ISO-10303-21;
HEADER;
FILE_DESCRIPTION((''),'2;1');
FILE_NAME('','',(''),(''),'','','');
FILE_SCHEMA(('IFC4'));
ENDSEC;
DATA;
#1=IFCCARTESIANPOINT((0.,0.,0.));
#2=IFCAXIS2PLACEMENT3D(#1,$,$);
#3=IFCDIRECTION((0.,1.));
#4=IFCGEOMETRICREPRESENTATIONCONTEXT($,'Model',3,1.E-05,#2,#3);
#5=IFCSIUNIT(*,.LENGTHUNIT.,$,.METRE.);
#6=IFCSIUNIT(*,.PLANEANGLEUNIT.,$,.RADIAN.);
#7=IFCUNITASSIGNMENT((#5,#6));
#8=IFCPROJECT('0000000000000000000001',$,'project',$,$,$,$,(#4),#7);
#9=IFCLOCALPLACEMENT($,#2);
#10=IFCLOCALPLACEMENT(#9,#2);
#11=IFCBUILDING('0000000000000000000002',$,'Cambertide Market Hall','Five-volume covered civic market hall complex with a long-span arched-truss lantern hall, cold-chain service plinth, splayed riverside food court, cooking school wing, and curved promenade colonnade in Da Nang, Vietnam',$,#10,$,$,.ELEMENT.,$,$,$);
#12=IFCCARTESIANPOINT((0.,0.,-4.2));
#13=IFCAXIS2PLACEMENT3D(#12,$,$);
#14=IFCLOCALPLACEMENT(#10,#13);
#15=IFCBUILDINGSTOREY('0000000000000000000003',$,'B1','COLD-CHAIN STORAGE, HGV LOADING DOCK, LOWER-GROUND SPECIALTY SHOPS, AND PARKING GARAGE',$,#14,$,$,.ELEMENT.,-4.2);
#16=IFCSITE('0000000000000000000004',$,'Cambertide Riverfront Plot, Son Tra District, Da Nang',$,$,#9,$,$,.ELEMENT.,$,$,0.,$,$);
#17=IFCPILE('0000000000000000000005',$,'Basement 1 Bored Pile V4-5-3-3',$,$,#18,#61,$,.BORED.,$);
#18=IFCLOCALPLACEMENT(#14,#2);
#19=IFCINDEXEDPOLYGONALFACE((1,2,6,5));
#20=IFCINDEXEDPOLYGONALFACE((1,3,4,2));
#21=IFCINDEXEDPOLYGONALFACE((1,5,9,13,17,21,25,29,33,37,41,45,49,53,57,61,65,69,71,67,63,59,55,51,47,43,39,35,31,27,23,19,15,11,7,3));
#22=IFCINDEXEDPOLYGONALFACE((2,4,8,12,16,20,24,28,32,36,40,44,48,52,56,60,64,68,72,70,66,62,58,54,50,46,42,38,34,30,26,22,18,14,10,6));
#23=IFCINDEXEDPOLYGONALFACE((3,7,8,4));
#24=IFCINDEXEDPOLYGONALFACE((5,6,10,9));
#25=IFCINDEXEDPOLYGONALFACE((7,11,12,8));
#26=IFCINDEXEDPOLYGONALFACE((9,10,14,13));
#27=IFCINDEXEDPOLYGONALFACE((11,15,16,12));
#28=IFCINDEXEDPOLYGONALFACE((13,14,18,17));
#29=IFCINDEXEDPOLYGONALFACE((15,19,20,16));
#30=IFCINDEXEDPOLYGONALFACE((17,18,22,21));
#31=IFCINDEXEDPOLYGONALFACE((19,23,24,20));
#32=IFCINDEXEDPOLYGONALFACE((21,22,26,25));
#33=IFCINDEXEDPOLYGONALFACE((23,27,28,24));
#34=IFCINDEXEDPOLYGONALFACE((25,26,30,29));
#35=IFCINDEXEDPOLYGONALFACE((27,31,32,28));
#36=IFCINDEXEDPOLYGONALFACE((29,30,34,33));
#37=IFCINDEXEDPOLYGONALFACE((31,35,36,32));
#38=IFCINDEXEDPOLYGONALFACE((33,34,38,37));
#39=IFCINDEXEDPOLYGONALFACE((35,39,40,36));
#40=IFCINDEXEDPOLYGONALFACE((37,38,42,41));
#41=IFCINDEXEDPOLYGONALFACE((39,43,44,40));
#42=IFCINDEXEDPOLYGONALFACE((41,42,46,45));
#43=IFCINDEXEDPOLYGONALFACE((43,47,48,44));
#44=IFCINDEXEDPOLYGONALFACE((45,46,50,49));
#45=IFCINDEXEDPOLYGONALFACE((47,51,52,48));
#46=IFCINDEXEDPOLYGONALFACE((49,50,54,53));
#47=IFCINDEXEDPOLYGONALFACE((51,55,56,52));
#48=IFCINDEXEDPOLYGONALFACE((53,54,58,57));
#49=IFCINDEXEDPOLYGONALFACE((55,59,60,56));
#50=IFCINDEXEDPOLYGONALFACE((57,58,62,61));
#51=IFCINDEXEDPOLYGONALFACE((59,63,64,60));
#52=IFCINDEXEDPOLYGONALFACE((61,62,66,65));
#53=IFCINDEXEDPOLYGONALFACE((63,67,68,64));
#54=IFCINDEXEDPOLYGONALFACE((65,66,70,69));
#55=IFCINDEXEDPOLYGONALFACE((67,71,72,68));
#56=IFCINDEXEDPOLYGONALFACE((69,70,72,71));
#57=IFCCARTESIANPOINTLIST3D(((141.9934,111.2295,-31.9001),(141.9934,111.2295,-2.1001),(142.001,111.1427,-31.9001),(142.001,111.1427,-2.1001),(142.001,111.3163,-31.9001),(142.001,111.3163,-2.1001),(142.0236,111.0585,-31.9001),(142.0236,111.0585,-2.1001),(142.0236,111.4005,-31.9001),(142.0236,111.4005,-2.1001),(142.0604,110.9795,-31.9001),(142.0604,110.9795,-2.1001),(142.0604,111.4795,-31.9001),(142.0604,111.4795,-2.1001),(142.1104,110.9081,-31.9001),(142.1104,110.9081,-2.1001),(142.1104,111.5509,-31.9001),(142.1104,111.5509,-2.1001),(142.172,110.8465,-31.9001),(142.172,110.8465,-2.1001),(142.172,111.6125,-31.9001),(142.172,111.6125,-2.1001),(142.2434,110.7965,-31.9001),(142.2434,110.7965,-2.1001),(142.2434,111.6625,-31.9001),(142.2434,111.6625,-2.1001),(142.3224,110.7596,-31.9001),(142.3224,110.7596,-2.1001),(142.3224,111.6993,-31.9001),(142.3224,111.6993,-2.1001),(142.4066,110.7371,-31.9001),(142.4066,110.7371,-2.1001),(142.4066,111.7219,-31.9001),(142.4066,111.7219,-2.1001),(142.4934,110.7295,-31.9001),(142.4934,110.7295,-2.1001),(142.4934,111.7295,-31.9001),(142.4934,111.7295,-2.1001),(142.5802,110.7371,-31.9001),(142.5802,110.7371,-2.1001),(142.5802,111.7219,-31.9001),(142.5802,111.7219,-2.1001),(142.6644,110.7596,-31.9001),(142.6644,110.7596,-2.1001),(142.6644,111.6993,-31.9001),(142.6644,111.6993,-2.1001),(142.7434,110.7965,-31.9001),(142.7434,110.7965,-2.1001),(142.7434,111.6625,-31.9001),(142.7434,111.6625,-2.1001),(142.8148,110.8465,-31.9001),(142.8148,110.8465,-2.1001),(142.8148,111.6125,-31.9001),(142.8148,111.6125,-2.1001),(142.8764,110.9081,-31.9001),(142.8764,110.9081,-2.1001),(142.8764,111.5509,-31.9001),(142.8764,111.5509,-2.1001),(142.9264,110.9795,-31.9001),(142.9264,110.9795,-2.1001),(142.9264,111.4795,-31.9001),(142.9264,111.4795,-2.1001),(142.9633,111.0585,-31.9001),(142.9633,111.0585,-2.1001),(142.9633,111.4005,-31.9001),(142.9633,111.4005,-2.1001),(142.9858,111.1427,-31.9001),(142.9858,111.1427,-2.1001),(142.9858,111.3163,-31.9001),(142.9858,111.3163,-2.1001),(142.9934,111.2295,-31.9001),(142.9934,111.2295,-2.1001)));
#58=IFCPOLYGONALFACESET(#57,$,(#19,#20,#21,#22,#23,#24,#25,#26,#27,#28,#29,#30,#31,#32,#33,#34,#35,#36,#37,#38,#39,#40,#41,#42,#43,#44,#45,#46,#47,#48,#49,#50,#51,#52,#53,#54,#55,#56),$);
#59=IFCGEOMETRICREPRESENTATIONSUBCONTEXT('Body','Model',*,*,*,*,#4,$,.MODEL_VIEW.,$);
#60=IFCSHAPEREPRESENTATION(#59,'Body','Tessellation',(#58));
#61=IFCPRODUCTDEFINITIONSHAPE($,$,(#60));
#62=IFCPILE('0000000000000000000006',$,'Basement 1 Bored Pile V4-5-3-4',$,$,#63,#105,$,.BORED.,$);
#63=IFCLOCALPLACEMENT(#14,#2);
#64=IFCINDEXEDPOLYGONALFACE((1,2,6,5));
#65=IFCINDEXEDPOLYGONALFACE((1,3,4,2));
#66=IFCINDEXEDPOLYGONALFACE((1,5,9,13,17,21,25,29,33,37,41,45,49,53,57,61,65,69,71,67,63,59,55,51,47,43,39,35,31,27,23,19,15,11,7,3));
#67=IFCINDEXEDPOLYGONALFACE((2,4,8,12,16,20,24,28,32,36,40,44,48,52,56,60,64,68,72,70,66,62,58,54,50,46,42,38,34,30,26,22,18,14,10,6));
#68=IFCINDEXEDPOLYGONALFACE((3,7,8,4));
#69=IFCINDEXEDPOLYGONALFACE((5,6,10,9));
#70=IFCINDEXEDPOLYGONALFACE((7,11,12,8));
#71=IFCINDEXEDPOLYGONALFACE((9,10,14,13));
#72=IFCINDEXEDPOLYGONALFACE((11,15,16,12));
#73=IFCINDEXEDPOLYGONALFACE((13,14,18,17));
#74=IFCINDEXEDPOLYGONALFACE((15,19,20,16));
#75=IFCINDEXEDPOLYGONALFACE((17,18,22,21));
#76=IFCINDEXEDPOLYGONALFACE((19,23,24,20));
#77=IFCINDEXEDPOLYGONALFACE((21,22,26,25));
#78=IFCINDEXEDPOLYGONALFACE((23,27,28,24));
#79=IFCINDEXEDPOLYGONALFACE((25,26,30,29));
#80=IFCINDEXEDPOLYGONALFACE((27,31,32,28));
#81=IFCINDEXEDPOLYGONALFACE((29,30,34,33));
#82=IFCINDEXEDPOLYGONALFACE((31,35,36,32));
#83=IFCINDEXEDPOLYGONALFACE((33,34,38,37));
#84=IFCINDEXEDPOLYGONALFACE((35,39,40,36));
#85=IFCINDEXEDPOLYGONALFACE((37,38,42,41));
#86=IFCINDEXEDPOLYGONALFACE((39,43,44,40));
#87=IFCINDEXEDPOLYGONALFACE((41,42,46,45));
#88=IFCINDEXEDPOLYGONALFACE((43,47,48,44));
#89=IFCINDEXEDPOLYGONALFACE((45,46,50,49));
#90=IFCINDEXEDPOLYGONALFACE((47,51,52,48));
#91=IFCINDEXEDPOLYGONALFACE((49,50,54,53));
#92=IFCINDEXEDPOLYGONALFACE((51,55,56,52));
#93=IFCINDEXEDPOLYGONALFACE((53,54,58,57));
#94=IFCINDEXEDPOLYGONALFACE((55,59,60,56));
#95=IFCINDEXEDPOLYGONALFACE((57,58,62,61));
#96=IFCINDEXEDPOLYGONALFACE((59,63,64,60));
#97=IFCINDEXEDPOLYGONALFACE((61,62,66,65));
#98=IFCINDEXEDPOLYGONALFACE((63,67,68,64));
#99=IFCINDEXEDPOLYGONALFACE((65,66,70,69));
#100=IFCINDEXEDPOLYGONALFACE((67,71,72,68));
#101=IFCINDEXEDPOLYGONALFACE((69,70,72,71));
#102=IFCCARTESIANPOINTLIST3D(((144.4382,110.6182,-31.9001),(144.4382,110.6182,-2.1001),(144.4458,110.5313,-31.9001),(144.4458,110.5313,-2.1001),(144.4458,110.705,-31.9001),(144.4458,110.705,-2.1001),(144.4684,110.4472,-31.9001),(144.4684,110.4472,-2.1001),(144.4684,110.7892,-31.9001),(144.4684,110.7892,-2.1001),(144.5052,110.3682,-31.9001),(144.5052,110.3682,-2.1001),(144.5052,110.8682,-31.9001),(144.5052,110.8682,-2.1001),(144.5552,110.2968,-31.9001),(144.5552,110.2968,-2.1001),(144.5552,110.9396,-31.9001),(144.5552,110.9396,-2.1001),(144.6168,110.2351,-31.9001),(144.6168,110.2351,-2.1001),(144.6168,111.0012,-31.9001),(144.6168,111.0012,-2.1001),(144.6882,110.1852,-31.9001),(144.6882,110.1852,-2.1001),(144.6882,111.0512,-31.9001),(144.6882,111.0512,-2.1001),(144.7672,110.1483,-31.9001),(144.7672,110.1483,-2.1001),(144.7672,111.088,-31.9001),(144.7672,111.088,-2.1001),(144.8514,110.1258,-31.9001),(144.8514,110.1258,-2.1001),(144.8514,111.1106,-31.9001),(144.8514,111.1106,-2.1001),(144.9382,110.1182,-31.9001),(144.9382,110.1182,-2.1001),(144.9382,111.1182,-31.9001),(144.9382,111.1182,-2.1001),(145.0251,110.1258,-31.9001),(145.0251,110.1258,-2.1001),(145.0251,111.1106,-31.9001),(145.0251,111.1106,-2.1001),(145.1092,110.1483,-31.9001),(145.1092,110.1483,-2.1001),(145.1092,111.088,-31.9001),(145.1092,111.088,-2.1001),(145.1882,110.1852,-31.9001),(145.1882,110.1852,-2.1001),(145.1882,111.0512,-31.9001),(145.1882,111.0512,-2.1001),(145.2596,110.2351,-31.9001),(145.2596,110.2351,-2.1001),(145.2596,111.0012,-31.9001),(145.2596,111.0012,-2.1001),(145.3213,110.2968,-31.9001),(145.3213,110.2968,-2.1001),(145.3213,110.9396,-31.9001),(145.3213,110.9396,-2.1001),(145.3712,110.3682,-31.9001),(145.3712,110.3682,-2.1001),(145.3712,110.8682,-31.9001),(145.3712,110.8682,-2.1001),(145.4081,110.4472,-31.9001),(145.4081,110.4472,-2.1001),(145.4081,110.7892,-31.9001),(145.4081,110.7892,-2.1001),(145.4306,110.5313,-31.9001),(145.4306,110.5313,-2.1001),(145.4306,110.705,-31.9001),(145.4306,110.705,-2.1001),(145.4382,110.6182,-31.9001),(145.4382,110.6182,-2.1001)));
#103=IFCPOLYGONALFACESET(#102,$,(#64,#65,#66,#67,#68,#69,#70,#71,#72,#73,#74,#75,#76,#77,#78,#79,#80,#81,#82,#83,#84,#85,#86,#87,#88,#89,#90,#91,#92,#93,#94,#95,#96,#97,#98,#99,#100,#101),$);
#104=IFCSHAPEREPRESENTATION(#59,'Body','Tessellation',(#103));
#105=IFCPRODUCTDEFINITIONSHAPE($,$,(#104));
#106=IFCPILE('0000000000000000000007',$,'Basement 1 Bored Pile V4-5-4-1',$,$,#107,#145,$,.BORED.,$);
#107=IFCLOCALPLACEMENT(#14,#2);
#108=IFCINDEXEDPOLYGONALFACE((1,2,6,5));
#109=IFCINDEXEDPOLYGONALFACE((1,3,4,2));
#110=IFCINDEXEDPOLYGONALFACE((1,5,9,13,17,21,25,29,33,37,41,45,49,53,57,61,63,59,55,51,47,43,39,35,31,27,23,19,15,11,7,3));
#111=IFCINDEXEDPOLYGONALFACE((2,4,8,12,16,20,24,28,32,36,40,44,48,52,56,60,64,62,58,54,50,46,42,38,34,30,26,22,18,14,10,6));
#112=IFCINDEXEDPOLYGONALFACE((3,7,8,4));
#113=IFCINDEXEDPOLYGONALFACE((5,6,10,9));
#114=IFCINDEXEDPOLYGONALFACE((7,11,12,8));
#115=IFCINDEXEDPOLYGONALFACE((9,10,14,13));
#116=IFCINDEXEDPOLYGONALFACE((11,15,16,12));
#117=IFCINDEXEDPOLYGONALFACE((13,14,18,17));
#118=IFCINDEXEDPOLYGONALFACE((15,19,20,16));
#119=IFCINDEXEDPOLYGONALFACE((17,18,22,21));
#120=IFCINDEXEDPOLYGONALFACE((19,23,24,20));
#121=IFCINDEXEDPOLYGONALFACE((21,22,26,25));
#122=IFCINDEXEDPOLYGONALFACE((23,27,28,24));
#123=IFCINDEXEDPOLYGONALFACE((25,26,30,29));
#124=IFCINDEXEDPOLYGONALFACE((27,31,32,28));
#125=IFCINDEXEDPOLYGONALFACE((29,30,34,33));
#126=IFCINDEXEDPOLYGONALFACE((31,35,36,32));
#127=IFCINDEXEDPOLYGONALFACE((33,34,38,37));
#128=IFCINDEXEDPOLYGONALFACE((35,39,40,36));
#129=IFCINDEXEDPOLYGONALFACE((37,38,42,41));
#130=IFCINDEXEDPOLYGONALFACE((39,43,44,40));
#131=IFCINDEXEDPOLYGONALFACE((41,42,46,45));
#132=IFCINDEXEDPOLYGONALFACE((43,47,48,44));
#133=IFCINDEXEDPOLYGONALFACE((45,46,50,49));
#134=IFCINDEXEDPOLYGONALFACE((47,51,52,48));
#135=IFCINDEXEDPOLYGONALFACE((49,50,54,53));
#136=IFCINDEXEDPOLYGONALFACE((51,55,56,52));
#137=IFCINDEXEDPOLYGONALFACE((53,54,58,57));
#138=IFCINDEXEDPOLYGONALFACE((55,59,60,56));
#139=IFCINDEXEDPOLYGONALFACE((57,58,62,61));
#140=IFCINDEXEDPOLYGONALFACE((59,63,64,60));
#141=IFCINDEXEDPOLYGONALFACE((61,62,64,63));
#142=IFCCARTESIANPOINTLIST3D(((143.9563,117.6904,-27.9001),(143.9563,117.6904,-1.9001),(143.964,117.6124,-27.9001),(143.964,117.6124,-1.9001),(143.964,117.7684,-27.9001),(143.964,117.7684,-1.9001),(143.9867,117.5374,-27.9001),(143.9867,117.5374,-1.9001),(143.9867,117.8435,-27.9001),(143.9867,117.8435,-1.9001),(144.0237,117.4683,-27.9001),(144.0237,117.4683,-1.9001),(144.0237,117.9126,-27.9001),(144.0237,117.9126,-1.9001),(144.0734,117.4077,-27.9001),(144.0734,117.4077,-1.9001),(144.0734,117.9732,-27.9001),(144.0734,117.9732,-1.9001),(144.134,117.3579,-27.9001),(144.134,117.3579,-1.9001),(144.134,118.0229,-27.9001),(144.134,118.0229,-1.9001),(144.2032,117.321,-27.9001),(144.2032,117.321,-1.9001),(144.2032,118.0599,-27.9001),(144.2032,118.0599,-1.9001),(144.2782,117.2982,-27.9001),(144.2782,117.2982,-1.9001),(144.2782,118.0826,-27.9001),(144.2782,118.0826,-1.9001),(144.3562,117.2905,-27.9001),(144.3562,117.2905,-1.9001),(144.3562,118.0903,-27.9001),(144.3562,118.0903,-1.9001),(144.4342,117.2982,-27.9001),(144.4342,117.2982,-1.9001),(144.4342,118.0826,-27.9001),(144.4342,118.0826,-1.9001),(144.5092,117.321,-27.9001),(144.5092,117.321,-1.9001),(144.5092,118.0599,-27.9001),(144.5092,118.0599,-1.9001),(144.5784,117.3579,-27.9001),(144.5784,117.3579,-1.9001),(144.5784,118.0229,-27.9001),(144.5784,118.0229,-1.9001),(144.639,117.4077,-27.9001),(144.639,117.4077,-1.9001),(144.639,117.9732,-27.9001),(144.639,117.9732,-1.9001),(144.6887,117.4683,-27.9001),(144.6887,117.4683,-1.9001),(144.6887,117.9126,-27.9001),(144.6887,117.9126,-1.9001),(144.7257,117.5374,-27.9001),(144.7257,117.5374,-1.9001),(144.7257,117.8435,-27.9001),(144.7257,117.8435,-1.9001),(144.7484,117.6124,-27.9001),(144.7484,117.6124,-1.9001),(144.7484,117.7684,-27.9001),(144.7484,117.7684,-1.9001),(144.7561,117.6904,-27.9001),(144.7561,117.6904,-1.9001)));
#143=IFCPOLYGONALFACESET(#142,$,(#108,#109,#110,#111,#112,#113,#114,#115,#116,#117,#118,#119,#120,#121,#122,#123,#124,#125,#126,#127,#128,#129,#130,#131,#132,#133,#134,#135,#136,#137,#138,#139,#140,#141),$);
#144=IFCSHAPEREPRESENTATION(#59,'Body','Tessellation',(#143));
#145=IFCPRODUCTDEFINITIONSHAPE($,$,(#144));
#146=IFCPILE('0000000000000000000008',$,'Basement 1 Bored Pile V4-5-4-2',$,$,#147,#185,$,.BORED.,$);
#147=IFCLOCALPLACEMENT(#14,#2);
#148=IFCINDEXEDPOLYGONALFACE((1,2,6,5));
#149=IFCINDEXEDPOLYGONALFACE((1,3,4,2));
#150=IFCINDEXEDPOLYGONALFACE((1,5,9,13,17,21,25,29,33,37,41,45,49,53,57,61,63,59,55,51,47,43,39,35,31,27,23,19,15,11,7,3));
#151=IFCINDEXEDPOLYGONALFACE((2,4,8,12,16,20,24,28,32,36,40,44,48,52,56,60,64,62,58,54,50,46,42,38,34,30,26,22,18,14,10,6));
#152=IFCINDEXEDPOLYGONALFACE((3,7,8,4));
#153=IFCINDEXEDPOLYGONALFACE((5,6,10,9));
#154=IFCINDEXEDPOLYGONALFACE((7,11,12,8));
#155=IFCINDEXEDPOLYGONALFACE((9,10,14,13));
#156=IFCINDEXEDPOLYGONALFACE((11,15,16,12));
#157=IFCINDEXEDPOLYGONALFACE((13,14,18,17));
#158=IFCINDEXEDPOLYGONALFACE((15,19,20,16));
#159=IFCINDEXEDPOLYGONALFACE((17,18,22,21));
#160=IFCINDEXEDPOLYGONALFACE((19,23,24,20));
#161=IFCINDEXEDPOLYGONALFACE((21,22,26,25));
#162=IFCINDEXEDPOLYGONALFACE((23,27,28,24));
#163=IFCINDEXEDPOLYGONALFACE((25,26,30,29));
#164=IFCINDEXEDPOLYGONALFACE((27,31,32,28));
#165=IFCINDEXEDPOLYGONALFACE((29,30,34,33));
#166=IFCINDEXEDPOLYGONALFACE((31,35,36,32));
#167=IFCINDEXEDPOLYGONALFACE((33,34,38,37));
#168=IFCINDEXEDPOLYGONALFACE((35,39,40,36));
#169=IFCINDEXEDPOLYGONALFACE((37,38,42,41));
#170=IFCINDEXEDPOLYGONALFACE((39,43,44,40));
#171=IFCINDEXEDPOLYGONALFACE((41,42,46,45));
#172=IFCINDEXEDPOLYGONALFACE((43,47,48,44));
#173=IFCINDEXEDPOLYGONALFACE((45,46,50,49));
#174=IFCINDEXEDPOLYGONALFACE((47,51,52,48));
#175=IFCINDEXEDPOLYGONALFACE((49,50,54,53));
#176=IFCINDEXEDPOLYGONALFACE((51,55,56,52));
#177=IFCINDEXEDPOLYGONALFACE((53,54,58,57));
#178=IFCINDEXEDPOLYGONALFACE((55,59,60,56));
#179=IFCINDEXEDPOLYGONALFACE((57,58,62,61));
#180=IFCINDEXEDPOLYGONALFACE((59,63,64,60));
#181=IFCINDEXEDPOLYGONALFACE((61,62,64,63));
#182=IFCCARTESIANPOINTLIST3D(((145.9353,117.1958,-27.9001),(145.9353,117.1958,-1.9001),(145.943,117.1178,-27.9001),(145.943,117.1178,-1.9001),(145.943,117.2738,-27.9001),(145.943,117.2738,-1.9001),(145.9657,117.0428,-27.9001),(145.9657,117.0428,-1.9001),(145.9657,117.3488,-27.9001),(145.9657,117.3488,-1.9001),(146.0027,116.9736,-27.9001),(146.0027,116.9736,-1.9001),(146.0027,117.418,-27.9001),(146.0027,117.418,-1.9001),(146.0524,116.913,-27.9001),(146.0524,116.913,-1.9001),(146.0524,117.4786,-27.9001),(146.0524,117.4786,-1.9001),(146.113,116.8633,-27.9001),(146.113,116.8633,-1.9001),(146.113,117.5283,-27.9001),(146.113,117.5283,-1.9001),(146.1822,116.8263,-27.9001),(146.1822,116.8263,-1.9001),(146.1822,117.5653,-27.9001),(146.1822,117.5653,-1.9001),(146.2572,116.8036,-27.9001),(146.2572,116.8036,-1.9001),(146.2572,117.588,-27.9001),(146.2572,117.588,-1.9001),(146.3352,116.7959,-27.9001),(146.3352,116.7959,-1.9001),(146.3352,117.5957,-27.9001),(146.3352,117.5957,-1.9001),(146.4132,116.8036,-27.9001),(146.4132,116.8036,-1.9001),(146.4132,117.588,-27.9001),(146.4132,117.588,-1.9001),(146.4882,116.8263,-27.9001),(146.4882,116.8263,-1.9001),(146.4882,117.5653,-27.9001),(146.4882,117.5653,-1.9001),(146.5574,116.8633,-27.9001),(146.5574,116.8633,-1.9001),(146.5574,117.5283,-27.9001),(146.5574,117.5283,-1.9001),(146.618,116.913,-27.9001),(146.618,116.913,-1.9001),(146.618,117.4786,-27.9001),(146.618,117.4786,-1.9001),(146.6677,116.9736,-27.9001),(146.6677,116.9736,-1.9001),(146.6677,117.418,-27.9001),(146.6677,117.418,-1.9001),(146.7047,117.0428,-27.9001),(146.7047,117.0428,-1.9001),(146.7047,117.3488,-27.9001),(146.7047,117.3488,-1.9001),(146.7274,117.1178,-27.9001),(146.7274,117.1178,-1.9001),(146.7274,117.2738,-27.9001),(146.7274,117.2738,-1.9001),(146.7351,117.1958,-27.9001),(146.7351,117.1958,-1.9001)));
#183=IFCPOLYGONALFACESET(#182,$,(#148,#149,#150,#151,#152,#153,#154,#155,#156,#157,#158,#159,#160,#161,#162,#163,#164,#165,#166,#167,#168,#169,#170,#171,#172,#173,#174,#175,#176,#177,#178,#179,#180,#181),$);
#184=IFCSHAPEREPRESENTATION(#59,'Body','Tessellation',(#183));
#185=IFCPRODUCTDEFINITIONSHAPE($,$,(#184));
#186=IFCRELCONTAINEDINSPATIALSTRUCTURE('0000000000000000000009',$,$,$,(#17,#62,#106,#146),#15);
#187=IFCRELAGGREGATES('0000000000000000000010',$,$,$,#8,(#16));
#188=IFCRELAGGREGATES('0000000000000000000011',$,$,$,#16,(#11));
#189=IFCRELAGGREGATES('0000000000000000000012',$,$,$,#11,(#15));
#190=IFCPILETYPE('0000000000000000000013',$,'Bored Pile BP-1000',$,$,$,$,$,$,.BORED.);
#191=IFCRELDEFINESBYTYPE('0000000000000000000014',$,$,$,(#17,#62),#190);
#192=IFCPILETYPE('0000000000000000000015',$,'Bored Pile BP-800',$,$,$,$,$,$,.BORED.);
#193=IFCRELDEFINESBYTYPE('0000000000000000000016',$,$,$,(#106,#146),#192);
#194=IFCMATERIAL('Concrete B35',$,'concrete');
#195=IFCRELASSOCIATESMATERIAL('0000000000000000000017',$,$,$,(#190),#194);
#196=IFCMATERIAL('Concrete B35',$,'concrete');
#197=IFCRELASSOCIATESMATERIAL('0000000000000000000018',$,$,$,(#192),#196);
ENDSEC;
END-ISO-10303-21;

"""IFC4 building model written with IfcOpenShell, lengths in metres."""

from ifc_helpers import new_model, si_unit, direction, frame, origin, origin_2d, place, context, subcontext, project, spatial, circle, extrude, material, material_profile, profile_set, type_object, element, save


model = new_model("IFC4")

# Units and contexts
model_context = context("Model", 3, precision=1e-05, world=origin(), true_north=direction((0.0, 1.0)))
body_context = subcontext(model_context, "Body", "Model", "MODEL_VIEW")
ifc_project = project(units=[si_unit("LENGTHUNIT", "METRE"), si_unit("PLANEANGLEUNIT", "RADIAN")], contexts=[model_context])

# Site, building, storey
site_placement = place(None, origin())
site = spatial("IfcSite", under=ifc_project, at=site_placement, Name="Cambertide Riverfront Plot, Son Tra District, Da Nang", CompositionType="ELEMENT", RefElevation=0.0)
building_placement = place(site_placement, origin())
building = spatial("IfcBuilding", under=site, at=building_placement, Name="Cambertide Market Hall", Description="Five-volume covered civic market hall complex with a long-span arched-truss lantern hall, cold-chain service plinth, splayed riverside food court, cooking school wing, and curved promenade colonnade in Da Nang, Vietnam", CompositionType="ELEMENT")
storey_placement = place(building_placement, frame((0.0, 0.0, -4.2)))
storey = spatial("IfcBuildingStorey", under=building, at=storey_placement, Name="B1", Description="COLD-CHAIN STORAGE, HGV LOADING DOCK, LOWER-GROUND SPECIALTY SHOPS, AND PARKING GARAGE", CompositionType="ELEMENT", Elevation=-4.2)

# Piles
ifc_material_1 = material(Name="Concrete B35", Category="concrete")
ifc_material_profile_1 = material_profile(ifc_material_1, circle(Radius=0.5, at=origin_2d()), Name="BP D1000")
ifc_profile_set_1 = profile_set([ifc_material_profile_1], Name="Concrete B35")
pile_type_1 = type_object("IfcPileType", Name="Bored Pile BP-1000", PredefinedType="BORED", material=ifc_profile_set_1)
for number, where, z_axis, x_axis, name in (
    (1, (142.4934, 111.2295, -2.1001), (0.0, 0.0, -1.0), (1.0, 0.0, 0.0), "Basement 1 Bored Pile V4-5-3-3"),
    (2, (144.9382, 110.6182, -2.1001), (0.0, 0.0, -1.0), (1.0, 0.0, 0.0), "Basement 1 Bored Pile V4-5-3-4"),
):
    element("IfcPile", number, at=place(storey_placement, frame(where, z_axis=z_axis, x_axis=x_axis)), inside=storey, type_object=pile_type_1, Name=name, PredefinedType="BORED", context=body_context, shape_type="SweptSolid", body=[
        extrude(circle(Radius=0.5, at=origin_2d()), origin(), (0.0, 0.0, 1.0), 29.8),
    ])
ifc_material_2 = material(Name="Concrete B35", Category="concrete")
ifc_material_profile_2 = material_profile(ifc_material_2, circle(Radius=0.3999, at=origin_2d()), Name="BP D800")
ifc_profile_set_2 = profile_set([ifc_material_profile_2], Name="Concrete B35")
pile_type_2 = type_object("IfcPileType", Name="Bored Pile BP-800", PredefinedType="BORED", material=ifc_profile_set_2)
for number, where, z_axis, x_axis, name in (
    (3, (144.3562, 117.6904, -1.9001), (0.0, 0.0, -1.0), (1.0, 0.0, 0.0), "Basement 1 Bored Pile V4-5-4-1"),
    (4, (146.3352, 117.1958, -1.9001), (0.0, 0.0, -1.0), (1.0, 0.0, 0.0), "Basement 1 Bored Pile V4-5-4-2"),
):
    element("IfcPile", number, at=place(storey_placement, frame(where, z_axis=z_axis, x_axis=x_axis)), inside=storey, type_object=pile_type_2, Name=name, PredefinedType="BORED", context=body_context, shape_type="SweptSolid", body=[
        extrude(circle(Radius=0.3999, at=origin_2d()), origin(), (0.0, 0.0, 1.0), 26.0),
    ])

save(model, "model.ifc")
